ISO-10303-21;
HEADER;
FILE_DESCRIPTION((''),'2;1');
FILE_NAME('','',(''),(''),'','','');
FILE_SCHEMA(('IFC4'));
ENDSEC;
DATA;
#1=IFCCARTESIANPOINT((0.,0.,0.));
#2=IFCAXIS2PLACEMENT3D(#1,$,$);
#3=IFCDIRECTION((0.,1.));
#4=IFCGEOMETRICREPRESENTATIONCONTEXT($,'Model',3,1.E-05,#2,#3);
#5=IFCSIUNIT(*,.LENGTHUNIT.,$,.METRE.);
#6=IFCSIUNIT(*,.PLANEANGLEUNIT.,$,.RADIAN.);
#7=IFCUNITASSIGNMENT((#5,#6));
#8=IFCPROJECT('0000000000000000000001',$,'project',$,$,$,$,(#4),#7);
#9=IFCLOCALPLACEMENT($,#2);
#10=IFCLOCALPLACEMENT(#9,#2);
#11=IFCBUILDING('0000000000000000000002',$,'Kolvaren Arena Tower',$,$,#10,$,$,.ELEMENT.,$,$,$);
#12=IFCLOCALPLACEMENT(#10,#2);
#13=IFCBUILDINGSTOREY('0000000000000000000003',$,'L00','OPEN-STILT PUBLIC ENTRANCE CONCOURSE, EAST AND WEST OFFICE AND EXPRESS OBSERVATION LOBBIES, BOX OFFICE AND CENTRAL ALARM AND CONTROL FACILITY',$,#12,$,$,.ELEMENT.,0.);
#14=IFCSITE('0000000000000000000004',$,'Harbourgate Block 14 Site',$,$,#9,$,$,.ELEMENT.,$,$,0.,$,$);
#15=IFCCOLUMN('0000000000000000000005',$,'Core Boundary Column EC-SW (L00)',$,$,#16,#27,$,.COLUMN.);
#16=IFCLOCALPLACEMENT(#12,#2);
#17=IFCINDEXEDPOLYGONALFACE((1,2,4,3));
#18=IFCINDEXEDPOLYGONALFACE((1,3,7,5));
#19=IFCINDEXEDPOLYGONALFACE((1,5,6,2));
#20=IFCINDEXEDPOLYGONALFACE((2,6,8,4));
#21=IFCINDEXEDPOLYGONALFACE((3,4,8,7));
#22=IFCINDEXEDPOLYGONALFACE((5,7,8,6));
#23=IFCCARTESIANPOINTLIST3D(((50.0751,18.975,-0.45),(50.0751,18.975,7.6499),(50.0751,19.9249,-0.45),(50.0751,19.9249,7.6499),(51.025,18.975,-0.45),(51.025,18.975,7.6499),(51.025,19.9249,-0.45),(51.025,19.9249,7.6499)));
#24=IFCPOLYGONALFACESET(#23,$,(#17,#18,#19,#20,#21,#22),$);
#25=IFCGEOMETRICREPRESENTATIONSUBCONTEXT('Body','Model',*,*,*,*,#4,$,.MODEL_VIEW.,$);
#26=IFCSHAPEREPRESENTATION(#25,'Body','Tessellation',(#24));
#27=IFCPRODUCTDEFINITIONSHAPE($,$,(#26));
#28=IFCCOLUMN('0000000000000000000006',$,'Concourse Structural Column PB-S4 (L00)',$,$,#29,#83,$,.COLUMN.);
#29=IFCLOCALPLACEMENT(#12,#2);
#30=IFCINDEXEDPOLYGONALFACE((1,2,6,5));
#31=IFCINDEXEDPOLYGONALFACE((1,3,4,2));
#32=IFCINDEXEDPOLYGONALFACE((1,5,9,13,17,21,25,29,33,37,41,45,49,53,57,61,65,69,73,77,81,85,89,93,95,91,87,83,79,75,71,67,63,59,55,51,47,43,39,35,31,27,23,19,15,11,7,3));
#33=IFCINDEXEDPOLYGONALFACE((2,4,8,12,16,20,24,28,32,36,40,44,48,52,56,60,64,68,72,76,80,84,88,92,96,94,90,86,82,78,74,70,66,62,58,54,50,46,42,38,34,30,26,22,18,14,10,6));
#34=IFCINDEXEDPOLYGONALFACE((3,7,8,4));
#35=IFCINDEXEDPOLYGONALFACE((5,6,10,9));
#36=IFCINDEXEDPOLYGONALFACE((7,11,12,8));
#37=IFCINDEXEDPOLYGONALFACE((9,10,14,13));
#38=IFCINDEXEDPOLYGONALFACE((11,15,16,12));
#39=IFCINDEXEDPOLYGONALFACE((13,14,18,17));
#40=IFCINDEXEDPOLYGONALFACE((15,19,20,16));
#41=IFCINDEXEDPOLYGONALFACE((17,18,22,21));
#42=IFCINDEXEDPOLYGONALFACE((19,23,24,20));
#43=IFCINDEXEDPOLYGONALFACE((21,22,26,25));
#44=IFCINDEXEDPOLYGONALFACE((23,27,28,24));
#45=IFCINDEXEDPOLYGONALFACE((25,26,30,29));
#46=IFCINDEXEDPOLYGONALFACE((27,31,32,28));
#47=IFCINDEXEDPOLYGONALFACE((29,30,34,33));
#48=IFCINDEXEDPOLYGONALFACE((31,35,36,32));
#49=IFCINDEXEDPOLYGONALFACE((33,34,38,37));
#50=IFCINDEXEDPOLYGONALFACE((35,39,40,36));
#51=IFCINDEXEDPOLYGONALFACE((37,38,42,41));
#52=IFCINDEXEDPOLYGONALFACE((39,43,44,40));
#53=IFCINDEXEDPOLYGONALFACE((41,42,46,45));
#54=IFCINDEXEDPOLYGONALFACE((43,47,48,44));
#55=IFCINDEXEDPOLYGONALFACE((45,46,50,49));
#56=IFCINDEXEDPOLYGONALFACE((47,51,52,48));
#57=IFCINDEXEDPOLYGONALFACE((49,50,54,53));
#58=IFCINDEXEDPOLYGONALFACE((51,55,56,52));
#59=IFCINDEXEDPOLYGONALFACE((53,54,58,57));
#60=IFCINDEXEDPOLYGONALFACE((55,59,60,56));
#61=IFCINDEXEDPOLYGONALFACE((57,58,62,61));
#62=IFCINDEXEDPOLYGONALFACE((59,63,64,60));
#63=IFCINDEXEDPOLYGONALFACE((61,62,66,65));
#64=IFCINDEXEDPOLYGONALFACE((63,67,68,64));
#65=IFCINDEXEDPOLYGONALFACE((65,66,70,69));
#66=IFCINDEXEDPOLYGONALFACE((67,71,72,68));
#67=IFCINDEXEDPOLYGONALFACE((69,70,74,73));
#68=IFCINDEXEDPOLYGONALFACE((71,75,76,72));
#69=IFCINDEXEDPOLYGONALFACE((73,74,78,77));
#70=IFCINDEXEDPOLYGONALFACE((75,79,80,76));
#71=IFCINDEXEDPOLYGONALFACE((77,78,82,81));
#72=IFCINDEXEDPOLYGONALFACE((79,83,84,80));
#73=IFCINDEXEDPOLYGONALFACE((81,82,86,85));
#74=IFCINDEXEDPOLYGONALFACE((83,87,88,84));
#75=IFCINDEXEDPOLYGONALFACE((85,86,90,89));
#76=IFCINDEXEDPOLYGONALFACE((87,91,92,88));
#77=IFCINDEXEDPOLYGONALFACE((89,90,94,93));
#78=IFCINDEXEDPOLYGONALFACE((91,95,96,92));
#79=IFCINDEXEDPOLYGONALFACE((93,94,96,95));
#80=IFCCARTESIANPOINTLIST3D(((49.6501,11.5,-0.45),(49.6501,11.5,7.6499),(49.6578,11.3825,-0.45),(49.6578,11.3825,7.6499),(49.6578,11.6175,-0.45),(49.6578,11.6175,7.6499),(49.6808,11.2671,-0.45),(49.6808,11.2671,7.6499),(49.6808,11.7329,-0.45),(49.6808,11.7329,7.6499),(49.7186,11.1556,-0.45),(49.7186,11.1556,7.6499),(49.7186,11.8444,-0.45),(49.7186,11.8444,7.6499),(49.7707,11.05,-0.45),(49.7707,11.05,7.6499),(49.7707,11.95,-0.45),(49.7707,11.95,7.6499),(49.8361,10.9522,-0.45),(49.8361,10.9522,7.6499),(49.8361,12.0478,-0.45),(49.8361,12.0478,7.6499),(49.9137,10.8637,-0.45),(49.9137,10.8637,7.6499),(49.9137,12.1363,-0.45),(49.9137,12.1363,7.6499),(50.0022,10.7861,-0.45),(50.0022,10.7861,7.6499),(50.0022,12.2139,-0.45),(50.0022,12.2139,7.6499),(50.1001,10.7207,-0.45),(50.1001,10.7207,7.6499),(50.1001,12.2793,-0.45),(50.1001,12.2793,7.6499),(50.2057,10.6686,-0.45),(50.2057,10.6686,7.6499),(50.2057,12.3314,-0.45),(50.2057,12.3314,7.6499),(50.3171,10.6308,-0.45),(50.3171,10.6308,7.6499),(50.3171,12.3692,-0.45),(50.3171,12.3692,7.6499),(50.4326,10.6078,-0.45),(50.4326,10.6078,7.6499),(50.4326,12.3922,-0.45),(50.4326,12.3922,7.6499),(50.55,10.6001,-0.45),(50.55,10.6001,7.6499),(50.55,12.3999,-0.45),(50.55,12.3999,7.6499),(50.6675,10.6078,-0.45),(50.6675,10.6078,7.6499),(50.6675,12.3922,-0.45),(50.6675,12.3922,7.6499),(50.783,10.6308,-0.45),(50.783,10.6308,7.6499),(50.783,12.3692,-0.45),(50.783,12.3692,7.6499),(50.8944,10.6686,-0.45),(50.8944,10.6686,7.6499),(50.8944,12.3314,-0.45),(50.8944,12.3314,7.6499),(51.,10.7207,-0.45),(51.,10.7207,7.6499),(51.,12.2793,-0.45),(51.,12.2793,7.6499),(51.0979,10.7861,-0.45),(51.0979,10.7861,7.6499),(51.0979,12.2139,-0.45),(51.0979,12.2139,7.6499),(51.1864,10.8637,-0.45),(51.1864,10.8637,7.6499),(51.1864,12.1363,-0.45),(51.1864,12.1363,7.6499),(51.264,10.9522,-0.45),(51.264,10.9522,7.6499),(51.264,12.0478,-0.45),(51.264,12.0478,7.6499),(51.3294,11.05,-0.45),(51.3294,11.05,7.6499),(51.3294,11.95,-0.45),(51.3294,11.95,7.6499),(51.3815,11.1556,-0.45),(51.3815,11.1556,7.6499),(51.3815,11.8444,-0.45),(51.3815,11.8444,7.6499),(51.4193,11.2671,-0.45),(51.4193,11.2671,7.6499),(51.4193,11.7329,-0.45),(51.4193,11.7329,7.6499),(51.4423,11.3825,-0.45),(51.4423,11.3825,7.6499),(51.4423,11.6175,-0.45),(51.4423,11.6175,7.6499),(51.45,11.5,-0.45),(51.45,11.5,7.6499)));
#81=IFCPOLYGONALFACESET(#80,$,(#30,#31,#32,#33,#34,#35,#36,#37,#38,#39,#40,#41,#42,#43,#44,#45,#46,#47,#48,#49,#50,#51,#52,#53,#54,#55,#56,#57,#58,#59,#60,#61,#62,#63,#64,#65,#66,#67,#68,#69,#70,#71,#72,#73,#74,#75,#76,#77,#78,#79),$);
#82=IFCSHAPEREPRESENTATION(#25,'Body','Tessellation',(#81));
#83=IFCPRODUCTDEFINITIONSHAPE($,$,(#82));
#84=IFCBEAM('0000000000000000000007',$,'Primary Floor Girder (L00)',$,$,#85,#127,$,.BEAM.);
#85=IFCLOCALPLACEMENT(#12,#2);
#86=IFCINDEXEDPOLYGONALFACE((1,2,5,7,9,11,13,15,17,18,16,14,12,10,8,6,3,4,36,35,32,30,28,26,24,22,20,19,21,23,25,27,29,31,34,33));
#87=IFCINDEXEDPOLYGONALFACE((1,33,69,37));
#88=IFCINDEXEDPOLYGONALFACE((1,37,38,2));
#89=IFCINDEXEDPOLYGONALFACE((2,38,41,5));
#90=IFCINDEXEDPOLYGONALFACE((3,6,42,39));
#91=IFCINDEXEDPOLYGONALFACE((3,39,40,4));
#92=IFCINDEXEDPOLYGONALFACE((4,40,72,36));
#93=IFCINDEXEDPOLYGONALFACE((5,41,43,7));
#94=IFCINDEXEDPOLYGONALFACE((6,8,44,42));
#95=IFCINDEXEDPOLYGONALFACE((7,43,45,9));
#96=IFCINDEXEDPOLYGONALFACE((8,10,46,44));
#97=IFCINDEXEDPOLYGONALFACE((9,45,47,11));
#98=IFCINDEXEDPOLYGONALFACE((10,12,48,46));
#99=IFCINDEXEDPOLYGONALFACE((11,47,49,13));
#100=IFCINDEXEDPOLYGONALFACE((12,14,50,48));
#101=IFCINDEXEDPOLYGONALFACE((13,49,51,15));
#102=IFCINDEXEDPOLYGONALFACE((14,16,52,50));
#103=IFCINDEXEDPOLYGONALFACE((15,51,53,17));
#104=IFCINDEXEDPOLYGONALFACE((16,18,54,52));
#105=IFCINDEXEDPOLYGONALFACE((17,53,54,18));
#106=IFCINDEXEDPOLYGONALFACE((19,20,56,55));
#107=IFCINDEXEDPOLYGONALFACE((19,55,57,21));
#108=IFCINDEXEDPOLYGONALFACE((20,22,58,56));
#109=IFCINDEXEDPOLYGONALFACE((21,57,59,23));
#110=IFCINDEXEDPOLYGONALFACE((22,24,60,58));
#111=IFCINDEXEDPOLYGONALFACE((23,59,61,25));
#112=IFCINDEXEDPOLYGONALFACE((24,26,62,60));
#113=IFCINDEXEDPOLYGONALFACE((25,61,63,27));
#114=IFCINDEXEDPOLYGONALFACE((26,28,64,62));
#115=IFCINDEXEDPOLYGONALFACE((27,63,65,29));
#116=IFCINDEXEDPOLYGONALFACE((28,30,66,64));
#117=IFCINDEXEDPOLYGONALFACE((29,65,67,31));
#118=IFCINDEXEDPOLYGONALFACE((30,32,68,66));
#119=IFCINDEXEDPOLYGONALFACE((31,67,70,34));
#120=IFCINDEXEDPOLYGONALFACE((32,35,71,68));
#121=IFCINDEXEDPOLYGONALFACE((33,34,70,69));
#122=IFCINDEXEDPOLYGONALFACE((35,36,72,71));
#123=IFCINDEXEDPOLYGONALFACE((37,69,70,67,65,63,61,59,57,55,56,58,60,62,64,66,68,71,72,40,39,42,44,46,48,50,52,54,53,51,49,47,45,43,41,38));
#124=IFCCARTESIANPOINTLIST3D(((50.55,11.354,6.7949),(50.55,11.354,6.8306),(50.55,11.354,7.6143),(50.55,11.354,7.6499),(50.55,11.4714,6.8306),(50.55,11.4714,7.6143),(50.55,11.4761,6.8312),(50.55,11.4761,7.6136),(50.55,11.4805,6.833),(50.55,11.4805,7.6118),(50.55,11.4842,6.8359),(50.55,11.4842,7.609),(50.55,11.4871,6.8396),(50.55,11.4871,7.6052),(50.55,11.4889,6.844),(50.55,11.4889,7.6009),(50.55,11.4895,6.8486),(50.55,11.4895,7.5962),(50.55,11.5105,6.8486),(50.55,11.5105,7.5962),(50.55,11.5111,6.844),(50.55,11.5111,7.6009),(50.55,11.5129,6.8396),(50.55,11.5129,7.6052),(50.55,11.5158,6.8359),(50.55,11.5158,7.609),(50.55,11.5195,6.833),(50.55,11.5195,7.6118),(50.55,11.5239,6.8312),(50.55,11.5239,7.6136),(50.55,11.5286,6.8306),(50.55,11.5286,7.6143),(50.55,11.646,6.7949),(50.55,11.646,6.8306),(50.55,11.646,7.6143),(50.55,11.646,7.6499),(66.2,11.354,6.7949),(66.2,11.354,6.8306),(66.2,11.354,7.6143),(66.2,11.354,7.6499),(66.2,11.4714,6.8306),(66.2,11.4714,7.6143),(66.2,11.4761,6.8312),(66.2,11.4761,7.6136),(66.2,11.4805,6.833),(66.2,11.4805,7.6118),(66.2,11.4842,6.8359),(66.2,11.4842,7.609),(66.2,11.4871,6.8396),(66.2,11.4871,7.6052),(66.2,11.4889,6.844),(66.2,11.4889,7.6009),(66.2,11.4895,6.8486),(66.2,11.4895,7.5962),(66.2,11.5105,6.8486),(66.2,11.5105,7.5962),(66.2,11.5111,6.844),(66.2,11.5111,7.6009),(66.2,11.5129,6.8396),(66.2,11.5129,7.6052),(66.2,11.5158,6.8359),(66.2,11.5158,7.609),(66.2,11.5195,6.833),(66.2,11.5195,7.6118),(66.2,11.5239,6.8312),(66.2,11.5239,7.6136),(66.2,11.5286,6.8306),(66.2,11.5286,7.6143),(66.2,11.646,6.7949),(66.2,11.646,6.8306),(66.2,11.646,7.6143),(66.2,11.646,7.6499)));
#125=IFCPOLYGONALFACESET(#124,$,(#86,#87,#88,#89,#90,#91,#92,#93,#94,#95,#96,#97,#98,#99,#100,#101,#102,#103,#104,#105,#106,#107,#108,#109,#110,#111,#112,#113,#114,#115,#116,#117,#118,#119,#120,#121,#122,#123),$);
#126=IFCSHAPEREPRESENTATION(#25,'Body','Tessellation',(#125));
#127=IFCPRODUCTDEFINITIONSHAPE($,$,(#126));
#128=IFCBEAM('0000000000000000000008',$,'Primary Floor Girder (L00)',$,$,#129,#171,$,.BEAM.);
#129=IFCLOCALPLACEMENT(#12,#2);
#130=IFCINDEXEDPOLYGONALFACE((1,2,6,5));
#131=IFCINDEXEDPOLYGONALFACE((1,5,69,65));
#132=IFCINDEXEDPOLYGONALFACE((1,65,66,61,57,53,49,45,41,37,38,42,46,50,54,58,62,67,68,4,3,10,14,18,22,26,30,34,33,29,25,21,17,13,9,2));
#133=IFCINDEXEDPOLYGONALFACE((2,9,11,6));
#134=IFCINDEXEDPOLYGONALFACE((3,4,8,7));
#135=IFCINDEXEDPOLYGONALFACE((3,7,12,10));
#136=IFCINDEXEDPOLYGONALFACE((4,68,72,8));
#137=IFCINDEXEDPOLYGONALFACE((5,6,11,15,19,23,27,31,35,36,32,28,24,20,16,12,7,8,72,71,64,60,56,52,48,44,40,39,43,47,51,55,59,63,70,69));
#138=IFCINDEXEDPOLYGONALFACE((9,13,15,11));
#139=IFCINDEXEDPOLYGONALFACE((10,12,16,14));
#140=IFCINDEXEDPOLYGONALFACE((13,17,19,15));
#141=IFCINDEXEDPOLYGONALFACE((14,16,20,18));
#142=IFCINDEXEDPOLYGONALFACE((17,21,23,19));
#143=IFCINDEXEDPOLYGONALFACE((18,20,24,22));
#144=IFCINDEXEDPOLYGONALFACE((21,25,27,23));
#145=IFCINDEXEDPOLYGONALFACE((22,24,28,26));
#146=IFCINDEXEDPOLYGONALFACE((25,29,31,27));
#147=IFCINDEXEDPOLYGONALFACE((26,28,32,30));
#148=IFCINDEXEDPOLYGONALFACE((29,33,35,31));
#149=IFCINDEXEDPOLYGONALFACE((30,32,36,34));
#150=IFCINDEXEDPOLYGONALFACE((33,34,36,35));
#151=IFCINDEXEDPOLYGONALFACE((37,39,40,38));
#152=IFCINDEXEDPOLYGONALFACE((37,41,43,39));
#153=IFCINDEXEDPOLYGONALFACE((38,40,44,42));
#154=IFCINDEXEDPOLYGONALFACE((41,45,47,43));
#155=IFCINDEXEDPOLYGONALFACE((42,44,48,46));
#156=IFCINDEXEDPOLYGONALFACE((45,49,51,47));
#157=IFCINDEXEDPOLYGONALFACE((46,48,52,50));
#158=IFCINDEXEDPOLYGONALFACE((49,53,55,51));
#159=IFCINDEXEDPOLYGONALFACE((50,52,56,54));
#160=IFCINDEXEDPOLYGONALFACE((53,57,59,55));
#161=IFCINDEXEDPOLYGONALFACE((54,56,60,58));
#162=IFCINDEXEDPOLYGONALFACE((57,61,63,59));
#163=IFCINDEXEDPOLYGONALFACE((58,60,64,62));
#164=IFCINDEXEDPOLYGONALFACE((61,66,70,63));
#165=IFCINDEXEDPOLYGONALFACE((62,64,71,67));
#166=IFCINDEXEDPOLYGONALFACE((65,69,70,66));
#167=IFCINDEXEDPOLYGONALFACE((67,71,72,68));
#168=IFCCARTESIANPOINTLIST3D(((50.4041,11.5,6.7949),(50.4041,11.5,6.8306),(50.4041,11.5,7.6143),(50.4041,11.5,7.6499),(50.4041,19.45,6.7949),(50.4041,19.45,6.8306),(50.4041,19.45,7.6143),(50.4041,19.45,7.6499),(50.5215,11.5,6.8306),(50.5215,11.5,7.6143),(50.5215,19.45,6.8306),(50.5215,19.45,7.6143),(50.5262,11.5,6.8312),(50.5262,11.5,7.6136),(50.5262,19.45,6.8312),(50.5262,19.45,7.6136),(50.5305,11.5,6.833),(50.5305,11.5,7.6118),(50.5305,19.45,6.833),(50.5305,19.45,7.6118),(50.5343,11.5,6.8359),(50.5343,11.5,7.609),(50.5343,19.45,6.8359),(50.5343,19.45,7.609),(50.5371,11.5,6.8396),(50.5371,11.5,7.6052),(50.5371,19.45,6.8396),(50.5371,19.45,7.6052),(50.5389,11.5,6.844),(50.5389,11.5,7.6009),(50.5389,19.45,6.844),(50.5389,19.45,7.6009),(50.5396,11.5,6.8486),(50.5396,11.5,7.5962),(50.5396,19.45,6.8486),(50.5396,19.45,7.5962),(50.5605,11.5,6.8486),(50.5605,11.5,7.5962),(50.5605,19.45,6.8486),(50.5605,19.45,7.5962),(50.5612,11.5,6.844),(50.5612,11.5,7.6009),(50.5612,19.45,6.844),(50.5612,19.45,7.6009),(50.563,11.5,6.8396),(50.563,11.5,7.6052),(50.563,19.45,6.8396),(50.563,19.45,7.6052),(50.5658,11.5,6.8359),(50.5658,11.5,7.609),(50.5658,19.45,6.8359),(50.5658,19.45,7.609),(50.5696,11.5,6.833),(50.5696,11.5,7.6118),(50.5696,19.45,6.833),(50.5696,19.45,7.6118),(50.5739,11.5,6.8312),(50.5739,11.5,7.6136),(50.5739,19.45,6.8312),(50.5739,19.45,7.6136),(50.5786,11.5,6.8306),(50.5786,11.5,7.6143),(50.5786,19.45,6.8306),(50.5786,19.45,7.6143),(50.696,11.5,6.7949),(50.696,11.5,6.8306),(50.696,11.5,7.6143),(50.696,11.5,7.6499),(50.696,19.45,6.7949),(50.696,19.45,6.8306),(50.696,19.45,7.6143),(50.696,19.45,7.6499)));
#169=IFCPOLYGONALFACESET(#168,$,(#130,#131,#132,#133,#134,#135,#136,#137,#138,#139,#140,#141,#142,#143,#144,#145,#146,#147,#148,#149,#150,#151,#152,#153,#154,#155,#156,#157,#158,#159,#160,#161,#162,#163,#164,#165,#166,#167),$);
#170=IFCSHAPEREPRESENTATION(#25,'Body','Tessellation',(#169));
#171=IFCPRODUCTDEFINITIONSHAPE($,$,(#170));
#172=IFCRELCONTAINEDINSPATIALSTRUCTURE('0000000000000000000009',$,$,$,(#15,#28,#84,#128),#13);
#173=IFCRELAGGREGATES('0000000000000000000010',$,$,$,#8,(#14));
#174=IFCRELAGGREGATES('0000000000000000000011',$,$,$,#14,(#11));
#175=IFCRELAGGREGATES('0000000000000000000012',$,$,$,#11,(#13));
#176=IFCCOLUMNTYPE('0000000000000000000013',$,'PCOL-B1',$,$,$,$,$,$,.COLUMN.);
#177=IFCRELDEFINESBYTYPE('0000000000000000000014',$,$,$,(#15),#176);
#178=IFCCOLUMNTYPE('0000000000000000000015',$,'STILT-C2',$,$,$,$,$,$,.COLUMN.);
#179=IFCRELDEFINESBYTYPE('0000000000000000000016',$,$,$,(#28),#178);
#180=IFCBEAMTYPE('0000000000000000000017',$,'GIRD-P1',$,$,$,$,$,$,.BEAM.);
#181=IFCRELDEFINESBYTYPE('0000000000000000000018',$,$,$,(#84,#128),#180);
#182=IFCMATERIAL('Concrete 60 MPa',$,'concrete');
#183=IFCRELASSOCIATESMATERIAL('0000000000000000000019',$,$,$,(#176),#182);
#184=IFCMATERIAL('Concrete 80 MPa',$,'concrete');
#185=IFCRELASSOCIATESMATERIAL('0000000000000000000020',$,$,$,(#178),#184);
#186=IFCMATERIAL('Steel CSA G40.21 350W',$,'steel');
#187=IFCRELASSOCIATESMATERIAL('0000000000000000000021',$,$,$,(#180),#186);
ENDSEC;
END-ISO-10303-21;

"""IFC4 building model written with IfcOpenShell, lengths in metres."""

from ifc_helpers import new_model, si_unit, direction, frame, origin, origin_2d, place, context, subcontext, project, spatial, rectangle, circle, i_section, extrude, material, material_profile, profile_set, type_object, element, save


model = new_model("IFC4")

# Units and contexts
model_context = context("Model", 3, precision=1e-05, world=origin(), true_north=direction((0.0, 1.0)))
body_context = subcontext(model_context, "Body", "Model", "MODEL_VIEW")
ifc_project = project(units=[si_unit("LENGTHUNIT", "METRE"), si_unit("PLANEANGLEUNIT", "RADIAN")], contexts=[model_context])

# Site, building, storey
site_placement = place(None, origin())
site = spatial("IfcSite", under=ifc_project, at=site_placement, Name="Harbourgate Block 14 Site", CompositionType="ELEMENT", RefElevation=0.0)
building_placement = place(site_placement, origin())
building = spatial("IfcBuilding", under=site, at=building_placement, Name="Kolvaren Arena Tower", CompositionType="ELEMENT")
storey_placement = place(building_placement, origin())
storey = spatial("IfcBuildingStorey", under=building, at=storey_placement, Name="L00", Description="OPEN-STILT PUBLIC ENTRANCE CONCOURSE, EAST AND WEST OFFICE AND EXPRESS OBSERVATION LOBBIES, BOX OFFICE AND CENTRAL ALARM AND CONTROL FACILITY", CompositionType="ELEMENT", Elevation=0.0)

# Columns
ifc_material_1 = material(Name="Concrete 60 MPa", Category="concrete")
ifc_material_profile_1 = material_profile(ifc_material_1, rectangle(XDim=0.95, YDim=0.95, at=origin_2d()), Name="RC-950x950")
ifc_profile_set_1 = profile_set([ifc_material_profile_1], Name="Concrete 60 MPa")
column_type_1 = type_object("IfcColumnType", Name="PCOL-B1", PredefinedType="COLUMN", material=ifc_profile_set_1)
column_1_placement = place(storey_placement, frame((50.55, 19.45, -0.45), z_axis=(0.0, 0.0, 1.0), x_axis=(1.0, 0.0, 0.0)))
element("IfcColumn", 1, at=column_1_placement, inside=storey, type_object=column_type_1, Name="Core Boundary Column EC-SW (L00)", PredefinedType="COLUMN", context=body_context, shape_type="SweptSolid", body=[
    extrude(rectangle(XDim=0.95, YDim=0.95, at=origin_2d()), origin(), (0.0, 0.0, 1.0), 8.0999),
])
ifc_material_2 = material(Name="Concrete 80 MPa", Category="concrete")
ifc_material_profile_2 = material_profile(ifc_material_2, circle(Radius=0.8999, at=origin_2d()), Name="RC-CIRC-1800")
ifc_profile_set_2 = profile_set([ifc_material_profile_2], Name="Concrete 80 MPa")
column_type_2 = type_object("IfcColumnType", Name="STILT-C2", PredefinedType="COLUMN", material=ifc_profile_set_2)
column_2_placement = place(storey_placement, frame((50.55, 11.5, -0.45), z_axis=(0.0, 0.0, 1.0), x_axis=(1.0, 0.0, 0.0)))
element("IfcColumn", 2, at=column_2_placement, inside=storey, type_object=column_type_2, Name="Concourse Structural Column PB-S4 (L00)", PredefinedType="COLUMN", context=body_context, shape_type="SweptSolid", body=[
    extrude(circle(Radius=0.8999, at=origin_2d()), origin(), (0.0, 0.0, 1.0), 8.0999),
])

# Beams
ifc_material_3 = material(Name="Steel CSA G40.21 350W", Category="steel")
ifc_material_profile_3 = material_profile(ifc_material_3, i_section(OverallWidth=0.292, OverallDepth=0.855, WebThickness=0.021, FlangeThickness=0.0356, FilletRadius=0.0181, at=origin_2d()), Name="W840x299")
ifc_profile_set_3 = profile_set([ifc_material_profile_3], Name="Steel CSA G40.21 350W")
beam_type_1 = type_object("IfcBeamType", Name="GIRD-P1", PredefinedType="BEAM", material=ifc_profile_set_3)
beam_1_placement = place(storey_placement, frame((50.55, 11.5, 7.2224), z_axis=(1.0, 0.0, 0.0), x_axis=(0.0, 1.0, 0.0)))
element("IfcBeam", 3, at=beam_1_placement, inside=storey, type_object=beam_type_1, Name="Primary Floor Girder (L00)", PredefinedType="BEAM", context=body_context, shape_type="SweptSolid", body=[
    extrude(i_section(OverallWidth=0.292, OverallDepth=0.855, WebThickness=0.021, FlangeThickness=0.0356, FilletRadius=0.0181, at=origin_2d()), origin(), (0.0, 0.0, 1.0), 15.6499),
])
beam_2_placement = place(storey_placement, frame((50.55, 11.5, 7.2224), z_axis=(0.0, 1.0, 0.0), x_axis=(-1.0, 0.0, 0.0)))
element("IfcBeam", 4, at=beam_2_placement, inside=storey, type_object=beam_type_1, Name="Primary Floor Girder (L00)", PredefinedType="BEAM", context=body_context, shape_type="SweptSolid", body=[
    extrude(i_section(OverallWidth=0.292, OverallDepth=0.855, WebThickness=0.021, FlangeThickness=0.0356, FilletRadius=0.0181, at=origin_2d()), origin(), (0.0, 0.0, 1.0), 7.95),
])

save(model, "model.ifc")
